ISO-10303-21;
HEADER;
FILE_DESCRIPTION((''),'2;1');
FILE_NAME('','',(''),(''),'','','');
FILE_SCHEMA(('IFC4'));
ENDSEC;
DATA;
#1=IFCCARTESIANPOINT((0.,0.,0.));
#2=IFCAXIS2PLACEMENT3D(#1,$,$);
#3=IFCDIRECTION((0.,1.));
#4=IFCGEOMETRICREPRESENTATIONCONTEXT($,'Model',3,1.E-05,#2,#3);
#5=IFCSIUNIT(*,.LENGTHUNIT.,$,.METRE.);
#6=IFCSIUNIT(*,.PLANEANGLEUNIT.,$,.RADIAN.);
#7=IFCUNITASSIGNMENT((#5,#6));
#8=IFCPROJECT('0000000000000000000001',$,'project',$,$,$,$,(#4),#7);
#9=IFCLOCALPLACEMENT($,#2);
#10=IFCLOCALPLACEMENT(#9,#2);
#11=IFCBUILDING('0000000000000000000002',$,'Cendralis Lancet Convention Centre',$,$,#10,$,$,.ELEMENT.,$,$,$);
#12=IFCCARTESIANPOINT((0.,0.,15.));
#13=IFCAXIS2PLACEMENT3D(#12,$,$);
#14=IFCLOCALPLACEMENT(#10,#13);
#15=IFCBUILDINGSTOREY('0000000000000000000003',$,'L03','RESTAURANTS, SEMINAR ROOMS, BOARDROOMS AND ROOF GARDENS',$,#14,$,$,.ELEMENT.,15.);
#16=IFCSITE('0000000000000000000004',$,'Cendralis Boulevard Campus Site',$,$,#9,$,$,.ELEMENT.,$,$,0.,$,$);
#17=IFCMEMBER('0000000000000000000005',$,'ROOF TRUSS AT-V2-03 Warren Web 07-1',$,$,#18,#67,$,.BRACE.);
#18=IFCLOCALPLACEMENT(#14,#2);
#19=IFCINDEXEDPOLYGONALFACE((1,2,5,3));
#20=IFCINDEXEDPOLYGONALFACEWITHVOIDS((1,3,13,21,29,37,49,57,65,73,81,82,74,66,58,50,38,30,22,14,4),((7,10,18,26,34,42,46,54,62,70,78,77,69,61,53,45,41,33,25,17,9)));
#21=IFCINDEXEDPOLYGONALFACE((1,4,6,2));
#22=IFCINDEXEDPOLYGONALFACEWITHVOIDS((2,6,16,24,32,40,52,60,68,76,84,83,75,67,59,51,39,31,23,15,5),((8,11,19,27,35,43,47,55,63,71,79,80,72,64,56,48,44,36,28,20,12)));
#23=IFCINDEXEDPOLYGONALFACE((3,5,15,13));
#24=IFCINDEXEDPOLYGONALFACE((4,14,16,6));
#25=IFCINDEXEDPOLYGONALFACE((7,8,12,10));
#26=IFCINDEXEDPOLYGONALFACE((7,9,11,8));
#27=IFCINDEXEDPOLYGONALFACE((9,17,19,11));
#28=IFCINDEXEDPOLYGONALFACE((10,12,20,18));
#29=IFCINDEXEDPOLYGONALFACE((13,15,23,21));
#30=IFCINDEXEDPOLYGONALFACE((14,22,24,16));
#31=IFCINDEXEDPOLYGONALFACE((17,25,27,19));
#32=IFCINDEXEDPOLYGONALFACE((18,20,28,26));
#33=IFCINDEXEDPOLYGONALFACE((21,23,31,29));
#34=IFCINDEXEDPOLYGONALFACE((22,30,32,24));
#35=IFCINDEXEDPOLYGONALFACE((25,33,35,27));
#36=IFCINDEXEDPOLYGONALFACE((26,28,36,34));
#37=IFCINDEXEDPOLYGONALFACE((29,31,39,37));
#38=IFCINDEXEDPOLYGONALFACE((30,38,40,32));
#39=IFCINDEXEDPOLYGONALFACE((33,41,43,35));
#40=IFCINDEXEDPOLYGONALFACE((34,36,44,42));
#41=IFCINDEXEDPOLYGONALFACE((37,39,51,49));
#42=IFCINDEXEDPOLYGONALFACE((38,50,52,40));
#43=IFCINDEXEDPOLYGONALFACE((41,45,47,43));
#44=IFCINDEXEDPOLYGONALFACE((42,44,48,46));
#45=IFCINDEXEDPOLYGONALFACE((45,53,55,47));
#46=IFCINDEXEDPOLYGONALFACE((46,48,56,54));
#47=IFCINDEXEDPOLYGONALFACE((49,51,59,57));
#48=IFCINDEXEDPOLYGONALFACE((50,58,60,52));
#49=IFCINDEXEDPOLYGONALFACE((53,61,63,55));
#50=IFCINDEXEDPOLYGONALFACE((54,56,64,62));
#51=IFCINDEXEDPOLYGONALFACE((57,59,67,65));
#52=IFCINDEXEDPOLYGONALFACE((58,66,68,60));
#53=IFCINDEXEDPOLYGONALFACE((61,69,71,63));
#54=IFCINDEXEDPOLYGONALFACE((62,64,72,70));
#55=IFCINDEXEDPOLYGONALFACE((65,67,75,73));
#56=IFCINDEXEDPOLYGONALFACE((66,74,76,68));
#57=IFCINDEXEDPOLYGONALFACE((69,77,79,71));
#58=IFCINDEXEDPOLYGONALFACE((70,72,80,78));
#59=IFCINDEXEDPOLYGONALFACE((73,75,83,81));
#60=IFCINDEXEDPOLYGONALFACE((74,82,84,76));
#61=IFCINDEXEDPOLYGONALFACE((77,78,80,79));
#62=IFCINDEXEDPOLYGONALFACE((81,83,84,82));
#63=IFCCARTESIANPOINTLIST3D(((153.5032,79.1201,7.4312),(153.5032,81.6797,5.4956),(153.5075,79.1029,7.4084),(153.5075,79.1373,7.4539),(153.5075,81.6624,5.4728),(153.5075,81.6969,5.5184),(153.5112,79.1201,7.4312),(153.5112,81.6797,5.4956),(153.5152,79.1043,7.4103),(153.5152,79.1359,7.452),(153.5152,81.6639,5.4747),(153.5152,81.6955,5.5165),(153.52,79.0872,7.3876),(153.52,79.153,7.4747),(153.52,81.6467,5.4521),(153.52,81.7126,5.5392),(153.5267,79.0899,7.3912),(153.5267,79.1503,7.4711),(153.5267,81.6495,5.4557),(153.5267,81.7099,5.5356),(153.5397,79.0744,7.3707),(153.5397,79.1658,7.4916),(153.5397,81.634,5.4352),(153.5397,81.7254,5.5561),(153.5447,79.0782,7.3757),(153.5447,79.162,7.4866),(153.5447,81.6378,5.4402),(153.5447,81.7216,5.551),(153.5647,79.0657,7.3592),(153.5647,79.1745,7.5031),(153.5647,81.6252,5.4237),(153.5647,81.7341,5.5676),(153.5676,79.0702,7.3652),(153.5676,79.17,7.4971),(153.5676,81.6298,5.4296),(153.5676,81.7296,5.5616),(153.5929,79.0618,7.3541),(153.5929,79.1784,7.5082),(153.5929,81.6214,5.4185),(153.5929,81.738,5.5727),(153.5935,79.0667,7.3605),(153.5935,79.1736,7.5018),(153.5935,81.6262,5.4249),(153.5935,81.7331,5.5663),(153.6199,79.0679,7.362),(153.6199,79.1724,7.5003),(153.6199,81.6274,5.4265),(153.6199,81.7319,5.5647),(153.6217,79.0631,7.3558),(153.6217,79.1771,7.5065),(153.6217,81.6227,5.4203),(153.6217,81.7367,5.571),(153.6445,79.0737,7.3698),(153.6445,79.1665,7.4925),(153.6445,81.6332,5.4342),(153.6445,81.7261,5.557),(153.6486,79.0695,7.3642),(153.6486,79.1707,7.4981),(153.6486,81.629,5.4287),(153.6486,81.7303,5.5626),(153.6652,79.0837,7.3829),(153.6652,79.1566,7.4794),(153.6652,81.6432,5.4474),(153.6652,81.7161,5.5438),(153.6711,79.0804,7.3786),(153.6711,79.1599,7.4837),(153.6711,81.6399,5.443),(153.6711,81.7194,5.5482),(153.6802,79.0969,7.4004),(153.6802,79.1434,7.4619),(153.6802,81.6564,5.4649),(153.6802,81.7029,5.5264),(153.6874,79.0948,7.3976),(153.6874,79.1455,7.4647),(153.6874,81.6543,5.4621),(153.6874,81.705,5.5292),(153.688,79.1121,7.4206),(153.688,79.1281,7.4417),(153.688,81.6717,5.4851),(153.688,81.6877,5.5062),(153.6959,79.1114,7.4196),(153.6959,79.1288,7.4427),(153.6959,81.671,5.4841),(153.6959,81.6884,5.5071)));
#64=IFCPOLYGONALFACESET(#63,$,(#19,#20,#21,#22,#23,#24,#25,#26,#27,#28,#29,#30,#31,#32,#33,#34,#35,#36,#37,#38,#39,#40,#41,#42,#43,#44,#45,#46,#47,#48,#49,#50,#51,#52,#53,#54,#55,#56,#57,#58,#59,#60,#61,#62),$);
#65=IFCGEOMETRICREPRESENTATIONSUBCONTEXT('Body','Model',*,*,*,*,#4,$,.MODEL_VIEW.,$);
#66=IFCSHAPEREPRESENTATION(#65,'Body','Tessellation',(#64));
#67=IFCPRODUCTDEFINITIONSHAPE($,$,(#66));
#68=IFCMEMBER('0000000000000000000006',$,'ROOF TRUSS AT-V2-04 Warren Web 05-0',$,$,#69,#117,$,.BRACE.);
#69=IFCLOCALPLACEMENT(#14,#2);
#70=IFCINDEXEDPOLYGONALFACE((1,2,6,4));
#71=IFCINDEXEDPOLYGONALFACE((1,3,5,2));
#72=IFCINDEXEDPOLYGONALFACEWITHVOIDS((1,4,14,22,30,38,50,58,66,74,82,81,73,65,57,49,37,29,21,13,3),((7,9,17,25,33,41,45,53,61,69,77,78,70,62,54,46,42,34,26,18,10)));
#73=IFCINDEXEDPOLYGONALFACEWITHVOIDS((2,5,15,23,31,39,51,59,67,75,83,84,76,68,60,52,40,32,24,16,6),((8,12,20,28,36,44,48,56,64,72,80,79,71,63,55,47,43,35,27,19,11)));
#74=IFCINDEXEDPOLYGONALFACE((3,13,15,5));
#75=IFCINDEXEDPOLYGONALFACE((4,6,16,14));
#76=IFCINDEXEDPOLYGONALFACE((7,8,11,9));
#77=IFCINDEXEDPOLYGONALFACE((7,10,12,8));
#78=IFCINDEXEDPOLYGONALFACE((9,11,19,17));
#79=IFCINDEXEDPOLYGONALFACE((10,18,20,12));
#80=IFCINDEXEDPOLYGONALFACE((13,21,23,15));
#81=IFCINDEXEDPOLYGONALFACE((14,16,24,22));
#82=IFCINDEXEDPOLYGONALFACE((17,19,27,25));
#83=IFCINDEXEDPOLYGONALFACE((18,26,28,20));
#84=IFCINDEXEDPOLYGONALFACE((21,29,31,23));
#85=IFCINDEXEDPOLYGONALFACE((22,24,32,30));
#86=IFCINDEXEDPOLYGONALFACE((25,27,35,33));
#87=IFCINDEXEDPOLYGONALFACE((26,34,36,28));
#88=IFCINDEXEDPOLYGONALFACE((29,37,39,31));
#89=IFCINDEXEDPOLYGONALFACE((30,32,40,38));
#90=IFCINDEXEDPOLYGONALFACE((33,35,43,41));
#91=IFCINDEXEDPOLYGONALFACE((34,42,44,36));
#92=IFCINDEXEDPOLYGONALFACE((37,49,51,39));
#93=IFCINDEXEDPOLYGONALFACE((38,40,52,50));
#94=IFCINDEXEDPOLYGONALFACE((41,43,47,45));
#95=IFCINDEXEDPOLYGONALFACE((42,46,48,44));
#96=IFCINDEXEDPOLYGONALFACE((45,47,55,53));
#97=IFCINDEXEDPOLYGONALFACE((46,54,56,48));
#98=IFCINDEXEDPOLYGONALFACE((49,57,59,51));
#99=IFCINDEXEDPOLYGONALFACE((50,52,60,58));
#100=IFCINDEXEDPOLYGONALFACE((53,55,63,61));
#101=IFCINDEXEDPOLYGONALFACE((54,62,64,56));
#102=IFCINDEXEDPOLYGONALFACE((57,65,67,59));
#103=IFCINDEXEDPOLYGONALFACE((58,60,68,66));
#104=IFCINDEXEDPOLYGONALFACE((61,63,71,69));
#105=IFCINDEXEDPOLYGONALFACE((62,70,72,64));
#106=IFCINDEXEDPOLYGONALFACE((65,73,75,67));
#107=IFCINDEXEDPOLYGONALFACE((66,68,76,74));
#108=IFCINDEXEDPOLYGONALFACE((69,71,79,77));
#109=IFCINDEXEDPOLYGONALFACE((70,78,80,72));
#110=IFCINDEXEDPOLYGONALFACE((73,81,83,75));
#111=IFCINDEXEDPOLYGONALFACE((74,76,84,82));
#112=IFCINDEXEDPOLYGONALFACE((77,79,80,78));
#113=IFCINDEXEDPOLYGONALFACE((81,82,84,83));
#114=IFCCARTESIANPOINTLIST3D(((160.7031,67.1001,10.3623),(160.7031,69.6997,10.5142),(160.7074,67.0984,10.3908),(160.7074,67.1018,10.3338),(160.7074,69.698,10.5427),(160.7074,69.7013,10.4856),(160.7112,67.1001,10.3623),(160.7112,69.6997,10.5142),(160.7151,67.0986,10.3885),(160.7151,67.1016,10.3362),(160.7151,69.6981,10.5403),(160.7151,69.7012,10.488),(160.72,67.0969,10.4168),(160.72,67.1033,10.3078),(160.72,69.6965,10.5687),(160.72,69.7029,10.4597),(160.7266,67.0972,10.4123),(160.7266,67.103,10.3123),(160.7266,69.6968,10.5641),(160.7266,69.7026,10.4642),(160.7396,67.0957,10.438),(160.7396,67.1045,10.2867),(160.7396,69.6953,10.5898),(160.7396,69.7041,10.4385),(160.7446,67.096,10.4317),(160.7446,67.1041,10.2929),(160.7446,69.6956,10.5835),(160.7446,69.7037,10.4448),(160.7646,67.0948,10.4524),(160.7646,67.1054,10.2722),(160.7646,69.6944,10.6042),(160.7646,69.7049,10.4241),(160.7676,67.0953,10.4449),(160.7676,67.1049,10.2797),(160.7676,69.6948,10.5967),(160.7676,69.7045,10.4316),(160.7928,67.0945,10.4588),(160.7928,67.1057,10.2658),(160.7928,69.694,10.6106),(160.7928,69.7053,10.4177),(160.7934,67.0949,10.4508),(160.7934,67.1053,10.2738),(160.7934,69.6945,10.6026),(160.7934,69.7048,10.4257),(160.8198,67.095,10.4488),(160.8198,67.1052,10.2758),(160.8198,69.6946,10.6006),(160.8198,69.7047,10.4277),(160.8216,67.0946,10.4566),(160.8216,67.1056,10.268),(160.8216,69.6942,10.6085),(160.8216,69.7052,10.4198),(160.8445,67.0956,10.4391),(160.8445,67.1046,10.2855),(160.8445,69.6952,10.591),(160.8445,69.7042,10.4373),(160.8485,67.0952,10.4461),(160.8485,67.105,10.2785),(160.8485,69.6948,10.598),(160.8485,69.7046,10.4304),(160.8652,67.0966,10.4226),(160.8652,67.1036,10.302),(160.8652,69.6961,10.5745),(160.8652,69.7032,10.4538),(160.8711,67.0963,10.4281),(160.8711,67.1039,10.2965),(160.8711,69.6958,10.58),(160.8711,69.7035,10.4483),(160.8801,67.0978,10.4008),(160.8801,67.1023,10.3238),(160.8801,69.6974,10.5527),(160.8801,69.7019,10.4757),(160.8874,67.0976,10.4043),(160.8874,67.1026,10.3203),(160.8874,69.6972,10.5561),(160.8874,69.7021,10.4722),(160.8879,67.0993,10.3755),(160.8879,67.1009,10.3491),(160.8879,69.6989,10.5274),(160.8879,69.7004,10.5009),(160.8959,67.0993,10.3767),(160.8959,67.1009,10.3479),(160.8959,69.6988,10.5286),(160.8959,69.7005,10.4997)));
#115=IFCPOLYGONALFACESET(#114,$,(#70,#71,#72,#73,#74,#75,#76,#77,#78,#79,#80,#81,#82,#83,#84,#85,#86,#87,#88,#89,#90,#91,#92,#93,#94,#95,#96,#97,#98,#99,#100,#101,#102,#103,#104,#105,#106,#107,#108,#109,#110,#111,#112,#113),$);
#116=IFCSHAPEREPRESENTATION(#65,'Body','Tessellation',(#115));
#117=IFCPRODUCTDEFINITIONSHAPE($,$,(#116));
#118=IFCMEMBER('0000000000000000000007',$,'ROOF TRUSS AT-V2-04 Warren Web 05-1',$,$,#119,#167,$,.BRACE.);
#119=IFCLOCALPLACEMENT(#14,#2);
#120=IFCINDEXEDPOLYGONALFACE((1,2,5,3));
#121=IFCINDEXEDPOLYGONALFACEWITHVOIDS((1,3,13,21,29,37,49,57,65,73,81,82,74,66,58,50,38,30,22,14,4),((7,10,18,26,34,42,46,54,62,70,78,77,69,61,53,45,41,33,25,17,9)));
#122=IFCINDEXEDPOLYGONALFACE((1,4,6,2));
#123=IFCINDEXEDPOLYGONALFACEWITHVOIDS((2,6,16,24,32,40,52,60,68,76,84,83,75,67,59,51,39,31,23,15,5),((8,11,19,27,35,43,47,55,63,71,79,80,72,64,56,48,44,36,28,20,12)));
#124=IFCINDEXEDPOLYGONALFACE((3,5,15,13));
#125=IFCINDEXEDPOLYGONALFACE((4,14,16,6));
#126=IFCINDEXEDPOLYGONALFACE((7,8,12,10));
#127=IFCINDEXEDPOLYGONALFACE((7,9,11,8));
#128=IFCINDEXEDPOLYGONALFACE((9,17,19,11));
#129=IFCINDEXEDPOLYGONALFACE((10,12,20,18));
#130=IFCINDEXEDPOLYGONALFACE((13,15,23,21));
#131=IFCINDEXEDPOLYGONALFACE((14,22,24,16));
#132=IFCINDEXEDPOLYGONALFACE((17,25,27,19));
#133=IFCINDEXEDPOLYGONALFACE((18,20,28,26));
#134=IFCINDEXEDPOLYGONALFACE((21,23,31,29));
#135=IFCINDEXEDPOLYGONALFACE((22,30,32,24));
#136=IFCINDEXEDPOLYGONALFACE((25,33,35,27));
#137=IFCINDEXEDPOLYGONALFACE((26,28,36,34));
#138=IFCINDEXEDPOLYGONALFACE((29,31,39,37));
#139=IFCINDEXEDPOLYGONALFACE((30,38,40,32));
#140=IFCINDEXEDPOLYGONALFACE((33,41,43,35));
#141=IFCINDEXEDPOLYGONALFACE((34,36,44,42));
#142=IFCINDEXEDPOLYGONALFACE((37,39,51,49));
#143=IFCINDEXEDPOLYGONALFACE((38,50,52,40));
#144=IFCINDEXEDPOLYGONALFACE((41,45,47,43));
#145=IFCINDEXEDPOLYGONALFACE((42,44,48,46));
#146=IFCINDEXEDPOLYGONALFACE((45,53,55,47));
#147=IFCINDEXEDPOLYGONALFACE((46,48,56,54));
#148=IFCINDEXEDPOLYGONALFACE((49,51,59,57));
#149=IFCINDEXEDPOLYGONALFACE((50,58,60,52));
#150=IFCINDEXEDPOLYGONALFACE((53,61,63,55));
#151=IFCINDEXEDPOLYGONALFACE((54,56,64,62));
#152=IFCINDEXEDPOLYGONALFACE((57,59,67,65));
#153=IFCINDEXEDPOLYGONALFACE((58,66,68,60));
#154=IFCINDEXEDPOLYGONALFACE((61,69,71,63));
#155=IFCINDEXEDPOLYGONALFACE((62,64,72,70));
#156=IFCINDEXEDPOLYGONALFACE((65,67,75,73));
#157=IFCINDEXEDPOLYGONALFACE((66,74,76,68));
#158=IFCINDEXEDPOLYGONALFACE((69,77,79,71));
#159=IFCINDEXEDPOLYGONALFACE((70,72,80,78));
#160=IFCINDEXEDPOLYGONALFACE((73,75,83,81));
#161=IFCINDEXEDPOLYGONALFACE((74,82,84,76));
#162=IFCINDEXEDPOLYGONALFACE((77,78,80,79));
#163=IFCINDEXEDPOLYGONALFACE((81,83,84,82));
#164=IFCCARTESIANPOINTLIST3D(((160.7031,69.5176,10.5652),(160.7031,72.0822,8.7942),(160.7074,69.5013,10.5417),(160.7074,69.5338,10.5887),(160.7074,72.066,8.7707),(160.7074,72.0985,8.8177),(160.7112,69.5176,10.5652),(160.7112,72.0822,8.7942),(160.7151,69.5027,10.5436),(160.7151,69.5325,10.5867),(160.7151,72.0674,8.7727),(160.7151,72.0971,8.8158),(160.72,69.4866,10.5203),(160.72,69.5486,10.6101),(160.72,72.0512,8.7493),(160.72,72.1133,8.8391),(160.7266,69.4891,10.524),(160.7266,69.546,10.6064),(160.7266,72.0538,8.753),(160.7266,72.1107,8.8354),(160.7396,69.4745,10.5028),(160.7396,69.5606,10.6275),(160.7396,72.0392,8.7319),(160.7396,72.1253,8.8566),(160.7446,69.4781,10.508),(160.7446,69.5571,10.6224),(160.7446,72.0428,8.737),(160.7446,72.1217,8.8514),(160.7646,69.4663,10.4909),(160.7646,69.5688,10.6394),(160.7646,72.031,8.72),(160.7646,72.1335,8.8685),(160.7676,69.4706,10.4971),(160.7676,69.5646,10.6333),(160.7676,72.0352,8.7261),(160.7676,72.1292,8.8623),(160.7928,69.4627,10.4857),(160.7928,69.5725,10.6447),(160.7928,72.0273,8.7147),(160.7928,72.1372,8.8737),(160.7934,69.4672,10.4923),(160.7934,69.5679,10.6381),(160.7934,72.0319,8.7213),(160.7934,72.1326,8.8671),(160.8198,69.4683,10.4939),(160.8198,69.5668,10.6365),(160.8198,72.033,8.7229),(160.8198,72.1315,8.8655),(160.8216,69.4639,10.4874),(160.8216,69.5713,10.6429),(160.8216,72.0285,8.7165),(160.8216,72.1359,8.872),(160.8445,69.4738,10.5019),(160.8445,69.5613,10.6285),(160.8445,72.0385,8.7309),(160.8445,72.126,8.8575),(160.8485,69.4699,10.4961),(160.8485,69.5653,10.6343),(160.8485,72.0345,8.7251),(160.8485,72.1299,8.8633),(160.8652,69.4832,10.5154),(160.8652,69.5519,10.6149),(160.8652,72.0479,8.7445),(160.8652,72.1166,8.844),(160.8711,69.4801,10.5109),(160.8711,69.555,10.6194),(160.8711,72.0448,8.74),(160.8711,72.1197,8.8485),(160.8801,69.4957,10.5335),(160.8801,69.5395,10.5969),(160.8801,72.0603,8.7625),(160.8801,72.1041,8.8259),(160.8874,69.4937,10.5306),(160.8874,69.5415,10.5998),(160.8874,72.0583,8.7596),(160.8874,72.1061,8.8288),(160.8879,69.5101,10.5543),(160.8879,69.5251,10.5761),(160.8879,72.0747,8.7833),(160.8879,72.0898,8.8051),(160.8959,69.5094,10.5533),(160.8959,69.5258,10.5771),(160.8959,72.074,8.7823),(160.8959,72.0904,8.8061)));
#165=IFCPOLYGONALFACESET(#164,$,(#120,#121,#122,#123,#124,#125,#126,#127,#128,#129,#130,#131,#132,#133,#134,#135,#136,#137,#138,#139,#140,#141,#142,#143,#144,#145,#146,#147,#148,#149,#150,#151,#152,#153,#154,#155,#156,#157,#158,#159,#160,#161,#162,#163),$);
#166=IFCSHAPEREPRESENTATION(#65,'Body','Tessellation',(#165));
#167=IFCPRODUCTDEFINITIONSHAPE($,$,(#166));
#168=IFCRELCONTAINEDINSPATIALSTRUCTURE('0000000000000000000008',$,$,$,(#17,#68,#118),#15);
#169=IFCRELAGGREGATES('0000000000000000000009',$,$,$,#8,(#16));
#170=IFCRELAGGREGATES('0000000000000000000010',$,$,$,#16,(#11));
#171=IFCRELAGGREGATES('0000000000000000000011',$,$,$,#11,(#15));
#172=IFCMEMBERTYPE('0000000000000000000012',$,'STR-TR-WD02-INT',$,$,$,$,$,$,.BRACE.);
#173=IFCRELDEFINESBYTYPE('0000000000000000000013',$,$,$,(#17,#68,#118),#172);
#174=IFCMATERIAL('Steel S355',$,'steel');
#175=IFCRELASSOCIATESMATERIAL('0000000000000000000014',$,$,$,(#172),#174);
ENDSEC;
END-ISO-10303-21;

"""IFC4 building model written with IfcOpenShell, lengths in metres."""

from ifc_helpers import new_model, si_unit, direction, frame, origin, origin_2d, place, context, subcontext, project, spatial, hollow_circle, extrude, material, material_profile, profile_set, type_object, element, save


model = new_model("IFC4")

# Units and contexts
model_context = context("Model", 3, precision=1e-05, world=origin(), true_north=direction((0.0, 1.0)))
body_context = subcontext(model_context, "Body", "Model", "MODEL_VIEW")
ifc_project = project(units=[si_unit("LENGTHUNIT", "METRE"), si_unit("PLANEANGLEUNIT", "RADIAN")], contexts=[model_context])

# Site, building, storey
site_placement = place(None, origin())
site = spatial("IfcSite", under=ifc_project, at=site_placement, Name="Cendralis Boulevard Campus Site", CompositionType="ELEMENT", RefElevation=0.0)
building_placement = place(site_placement, origin())
building = spatial("IfcBuilding", under=site, at=building_placement, Name="Cendralis Lancet Convention Centre", CompositionType="ELEMENT")
storey_placement = place(building_placement, frame((0.0, 0.0, 15.0)))
storey = spatial("IfcBuildingStorey", under=building, at=storey_placement, Name="L03", Description="RESTAURANTS, SEMINAR ROOMS, BOARDROOMS AND ROOF GARDENS", CompositionType="ELEMENT", Elevation=15.0)

# Shared definitions
ifc_material = material(Name="Steel S355", Category="steel")

# Members
ifc_material_profile_1 = material_profile(ifc_material, hollow_circle(Radius=0.0969, WallThickness=0.0081, at=origin_2d()), Name="CHS 193.7x8.0")
ifc_profile_set_1 = profile_set([ifc_material_profile_1], Name="Steel S355")
member_type_1 = type_object("IfcMemberType", Name="STR-TR-WD02-INT", PredefinedType="BRACE", material=ifc_profile_set_1)
member_1_placement = place(storey_placement, frame((153.6001, 79.1201, 7.4312), z_axis=(0.0, 0.79762, -0.60316), x_axis=(-1.0, 0.0, 0.0)))
element("IfcMember", 1, at=member_1_placement, inside=storey, type_object=member_type_1, Name="ROOF TRUSS AT-V2-03 Warren Web 07-1", PredefinedType="BRACE", context=body_context, shape_type="SweptSolid", body=[
    extrude(hollow_circle(Radius=0.0969, WallThickness=0.0081, at=origin_2d()), origin(), (0.0, 0.0, 1.0), 3.209),
])
member_2_placement = place(storey_placement, frame((160.8, 67.1001, 10.3623), z_axis=(0.0, 0.998298, 0.058315), x_axis=(-1.0, 0.0, 0.0)))
element("IfcMember", 2, at=member_2_placement, inside=storey, type_object=member_type_1, Name="ROOF TRUSS AT-V2-04 Warren Web 05-0", PredefinedType="BRACE", context=body_context, shape_type="SweptSolid", body=[
    extrude(hollow_circle(Radius=0.0969, WallThickness=0.0081, at=origin_2d()), origin(), (0.0, 0.0, 1.0), 2.604),
])
member_3_placement = place(storey_placement, frame((160.8, 69.5176, 10.5652), z_axis=(0.0, 0.822877, -0.56822), x_axis=(-1.0, 0.0, 0.0)))
element("IfcMember", 3, at=member_3_placement, inside=storey, type_object=member_type_1, Name="ROOF TRUSS AT-V2-04 Warren Web 05-1", PredefinedType="BRACE", context=body_context, shape_type="SweptSolid", body=[
    extrude(hollow_circle(Radius=0.0969, WallThickness=0.0081, at=origin_2d()), origin(), (0.0, 0.0, 1.0), 3.1167),
])

save(model, "model.ifc")
